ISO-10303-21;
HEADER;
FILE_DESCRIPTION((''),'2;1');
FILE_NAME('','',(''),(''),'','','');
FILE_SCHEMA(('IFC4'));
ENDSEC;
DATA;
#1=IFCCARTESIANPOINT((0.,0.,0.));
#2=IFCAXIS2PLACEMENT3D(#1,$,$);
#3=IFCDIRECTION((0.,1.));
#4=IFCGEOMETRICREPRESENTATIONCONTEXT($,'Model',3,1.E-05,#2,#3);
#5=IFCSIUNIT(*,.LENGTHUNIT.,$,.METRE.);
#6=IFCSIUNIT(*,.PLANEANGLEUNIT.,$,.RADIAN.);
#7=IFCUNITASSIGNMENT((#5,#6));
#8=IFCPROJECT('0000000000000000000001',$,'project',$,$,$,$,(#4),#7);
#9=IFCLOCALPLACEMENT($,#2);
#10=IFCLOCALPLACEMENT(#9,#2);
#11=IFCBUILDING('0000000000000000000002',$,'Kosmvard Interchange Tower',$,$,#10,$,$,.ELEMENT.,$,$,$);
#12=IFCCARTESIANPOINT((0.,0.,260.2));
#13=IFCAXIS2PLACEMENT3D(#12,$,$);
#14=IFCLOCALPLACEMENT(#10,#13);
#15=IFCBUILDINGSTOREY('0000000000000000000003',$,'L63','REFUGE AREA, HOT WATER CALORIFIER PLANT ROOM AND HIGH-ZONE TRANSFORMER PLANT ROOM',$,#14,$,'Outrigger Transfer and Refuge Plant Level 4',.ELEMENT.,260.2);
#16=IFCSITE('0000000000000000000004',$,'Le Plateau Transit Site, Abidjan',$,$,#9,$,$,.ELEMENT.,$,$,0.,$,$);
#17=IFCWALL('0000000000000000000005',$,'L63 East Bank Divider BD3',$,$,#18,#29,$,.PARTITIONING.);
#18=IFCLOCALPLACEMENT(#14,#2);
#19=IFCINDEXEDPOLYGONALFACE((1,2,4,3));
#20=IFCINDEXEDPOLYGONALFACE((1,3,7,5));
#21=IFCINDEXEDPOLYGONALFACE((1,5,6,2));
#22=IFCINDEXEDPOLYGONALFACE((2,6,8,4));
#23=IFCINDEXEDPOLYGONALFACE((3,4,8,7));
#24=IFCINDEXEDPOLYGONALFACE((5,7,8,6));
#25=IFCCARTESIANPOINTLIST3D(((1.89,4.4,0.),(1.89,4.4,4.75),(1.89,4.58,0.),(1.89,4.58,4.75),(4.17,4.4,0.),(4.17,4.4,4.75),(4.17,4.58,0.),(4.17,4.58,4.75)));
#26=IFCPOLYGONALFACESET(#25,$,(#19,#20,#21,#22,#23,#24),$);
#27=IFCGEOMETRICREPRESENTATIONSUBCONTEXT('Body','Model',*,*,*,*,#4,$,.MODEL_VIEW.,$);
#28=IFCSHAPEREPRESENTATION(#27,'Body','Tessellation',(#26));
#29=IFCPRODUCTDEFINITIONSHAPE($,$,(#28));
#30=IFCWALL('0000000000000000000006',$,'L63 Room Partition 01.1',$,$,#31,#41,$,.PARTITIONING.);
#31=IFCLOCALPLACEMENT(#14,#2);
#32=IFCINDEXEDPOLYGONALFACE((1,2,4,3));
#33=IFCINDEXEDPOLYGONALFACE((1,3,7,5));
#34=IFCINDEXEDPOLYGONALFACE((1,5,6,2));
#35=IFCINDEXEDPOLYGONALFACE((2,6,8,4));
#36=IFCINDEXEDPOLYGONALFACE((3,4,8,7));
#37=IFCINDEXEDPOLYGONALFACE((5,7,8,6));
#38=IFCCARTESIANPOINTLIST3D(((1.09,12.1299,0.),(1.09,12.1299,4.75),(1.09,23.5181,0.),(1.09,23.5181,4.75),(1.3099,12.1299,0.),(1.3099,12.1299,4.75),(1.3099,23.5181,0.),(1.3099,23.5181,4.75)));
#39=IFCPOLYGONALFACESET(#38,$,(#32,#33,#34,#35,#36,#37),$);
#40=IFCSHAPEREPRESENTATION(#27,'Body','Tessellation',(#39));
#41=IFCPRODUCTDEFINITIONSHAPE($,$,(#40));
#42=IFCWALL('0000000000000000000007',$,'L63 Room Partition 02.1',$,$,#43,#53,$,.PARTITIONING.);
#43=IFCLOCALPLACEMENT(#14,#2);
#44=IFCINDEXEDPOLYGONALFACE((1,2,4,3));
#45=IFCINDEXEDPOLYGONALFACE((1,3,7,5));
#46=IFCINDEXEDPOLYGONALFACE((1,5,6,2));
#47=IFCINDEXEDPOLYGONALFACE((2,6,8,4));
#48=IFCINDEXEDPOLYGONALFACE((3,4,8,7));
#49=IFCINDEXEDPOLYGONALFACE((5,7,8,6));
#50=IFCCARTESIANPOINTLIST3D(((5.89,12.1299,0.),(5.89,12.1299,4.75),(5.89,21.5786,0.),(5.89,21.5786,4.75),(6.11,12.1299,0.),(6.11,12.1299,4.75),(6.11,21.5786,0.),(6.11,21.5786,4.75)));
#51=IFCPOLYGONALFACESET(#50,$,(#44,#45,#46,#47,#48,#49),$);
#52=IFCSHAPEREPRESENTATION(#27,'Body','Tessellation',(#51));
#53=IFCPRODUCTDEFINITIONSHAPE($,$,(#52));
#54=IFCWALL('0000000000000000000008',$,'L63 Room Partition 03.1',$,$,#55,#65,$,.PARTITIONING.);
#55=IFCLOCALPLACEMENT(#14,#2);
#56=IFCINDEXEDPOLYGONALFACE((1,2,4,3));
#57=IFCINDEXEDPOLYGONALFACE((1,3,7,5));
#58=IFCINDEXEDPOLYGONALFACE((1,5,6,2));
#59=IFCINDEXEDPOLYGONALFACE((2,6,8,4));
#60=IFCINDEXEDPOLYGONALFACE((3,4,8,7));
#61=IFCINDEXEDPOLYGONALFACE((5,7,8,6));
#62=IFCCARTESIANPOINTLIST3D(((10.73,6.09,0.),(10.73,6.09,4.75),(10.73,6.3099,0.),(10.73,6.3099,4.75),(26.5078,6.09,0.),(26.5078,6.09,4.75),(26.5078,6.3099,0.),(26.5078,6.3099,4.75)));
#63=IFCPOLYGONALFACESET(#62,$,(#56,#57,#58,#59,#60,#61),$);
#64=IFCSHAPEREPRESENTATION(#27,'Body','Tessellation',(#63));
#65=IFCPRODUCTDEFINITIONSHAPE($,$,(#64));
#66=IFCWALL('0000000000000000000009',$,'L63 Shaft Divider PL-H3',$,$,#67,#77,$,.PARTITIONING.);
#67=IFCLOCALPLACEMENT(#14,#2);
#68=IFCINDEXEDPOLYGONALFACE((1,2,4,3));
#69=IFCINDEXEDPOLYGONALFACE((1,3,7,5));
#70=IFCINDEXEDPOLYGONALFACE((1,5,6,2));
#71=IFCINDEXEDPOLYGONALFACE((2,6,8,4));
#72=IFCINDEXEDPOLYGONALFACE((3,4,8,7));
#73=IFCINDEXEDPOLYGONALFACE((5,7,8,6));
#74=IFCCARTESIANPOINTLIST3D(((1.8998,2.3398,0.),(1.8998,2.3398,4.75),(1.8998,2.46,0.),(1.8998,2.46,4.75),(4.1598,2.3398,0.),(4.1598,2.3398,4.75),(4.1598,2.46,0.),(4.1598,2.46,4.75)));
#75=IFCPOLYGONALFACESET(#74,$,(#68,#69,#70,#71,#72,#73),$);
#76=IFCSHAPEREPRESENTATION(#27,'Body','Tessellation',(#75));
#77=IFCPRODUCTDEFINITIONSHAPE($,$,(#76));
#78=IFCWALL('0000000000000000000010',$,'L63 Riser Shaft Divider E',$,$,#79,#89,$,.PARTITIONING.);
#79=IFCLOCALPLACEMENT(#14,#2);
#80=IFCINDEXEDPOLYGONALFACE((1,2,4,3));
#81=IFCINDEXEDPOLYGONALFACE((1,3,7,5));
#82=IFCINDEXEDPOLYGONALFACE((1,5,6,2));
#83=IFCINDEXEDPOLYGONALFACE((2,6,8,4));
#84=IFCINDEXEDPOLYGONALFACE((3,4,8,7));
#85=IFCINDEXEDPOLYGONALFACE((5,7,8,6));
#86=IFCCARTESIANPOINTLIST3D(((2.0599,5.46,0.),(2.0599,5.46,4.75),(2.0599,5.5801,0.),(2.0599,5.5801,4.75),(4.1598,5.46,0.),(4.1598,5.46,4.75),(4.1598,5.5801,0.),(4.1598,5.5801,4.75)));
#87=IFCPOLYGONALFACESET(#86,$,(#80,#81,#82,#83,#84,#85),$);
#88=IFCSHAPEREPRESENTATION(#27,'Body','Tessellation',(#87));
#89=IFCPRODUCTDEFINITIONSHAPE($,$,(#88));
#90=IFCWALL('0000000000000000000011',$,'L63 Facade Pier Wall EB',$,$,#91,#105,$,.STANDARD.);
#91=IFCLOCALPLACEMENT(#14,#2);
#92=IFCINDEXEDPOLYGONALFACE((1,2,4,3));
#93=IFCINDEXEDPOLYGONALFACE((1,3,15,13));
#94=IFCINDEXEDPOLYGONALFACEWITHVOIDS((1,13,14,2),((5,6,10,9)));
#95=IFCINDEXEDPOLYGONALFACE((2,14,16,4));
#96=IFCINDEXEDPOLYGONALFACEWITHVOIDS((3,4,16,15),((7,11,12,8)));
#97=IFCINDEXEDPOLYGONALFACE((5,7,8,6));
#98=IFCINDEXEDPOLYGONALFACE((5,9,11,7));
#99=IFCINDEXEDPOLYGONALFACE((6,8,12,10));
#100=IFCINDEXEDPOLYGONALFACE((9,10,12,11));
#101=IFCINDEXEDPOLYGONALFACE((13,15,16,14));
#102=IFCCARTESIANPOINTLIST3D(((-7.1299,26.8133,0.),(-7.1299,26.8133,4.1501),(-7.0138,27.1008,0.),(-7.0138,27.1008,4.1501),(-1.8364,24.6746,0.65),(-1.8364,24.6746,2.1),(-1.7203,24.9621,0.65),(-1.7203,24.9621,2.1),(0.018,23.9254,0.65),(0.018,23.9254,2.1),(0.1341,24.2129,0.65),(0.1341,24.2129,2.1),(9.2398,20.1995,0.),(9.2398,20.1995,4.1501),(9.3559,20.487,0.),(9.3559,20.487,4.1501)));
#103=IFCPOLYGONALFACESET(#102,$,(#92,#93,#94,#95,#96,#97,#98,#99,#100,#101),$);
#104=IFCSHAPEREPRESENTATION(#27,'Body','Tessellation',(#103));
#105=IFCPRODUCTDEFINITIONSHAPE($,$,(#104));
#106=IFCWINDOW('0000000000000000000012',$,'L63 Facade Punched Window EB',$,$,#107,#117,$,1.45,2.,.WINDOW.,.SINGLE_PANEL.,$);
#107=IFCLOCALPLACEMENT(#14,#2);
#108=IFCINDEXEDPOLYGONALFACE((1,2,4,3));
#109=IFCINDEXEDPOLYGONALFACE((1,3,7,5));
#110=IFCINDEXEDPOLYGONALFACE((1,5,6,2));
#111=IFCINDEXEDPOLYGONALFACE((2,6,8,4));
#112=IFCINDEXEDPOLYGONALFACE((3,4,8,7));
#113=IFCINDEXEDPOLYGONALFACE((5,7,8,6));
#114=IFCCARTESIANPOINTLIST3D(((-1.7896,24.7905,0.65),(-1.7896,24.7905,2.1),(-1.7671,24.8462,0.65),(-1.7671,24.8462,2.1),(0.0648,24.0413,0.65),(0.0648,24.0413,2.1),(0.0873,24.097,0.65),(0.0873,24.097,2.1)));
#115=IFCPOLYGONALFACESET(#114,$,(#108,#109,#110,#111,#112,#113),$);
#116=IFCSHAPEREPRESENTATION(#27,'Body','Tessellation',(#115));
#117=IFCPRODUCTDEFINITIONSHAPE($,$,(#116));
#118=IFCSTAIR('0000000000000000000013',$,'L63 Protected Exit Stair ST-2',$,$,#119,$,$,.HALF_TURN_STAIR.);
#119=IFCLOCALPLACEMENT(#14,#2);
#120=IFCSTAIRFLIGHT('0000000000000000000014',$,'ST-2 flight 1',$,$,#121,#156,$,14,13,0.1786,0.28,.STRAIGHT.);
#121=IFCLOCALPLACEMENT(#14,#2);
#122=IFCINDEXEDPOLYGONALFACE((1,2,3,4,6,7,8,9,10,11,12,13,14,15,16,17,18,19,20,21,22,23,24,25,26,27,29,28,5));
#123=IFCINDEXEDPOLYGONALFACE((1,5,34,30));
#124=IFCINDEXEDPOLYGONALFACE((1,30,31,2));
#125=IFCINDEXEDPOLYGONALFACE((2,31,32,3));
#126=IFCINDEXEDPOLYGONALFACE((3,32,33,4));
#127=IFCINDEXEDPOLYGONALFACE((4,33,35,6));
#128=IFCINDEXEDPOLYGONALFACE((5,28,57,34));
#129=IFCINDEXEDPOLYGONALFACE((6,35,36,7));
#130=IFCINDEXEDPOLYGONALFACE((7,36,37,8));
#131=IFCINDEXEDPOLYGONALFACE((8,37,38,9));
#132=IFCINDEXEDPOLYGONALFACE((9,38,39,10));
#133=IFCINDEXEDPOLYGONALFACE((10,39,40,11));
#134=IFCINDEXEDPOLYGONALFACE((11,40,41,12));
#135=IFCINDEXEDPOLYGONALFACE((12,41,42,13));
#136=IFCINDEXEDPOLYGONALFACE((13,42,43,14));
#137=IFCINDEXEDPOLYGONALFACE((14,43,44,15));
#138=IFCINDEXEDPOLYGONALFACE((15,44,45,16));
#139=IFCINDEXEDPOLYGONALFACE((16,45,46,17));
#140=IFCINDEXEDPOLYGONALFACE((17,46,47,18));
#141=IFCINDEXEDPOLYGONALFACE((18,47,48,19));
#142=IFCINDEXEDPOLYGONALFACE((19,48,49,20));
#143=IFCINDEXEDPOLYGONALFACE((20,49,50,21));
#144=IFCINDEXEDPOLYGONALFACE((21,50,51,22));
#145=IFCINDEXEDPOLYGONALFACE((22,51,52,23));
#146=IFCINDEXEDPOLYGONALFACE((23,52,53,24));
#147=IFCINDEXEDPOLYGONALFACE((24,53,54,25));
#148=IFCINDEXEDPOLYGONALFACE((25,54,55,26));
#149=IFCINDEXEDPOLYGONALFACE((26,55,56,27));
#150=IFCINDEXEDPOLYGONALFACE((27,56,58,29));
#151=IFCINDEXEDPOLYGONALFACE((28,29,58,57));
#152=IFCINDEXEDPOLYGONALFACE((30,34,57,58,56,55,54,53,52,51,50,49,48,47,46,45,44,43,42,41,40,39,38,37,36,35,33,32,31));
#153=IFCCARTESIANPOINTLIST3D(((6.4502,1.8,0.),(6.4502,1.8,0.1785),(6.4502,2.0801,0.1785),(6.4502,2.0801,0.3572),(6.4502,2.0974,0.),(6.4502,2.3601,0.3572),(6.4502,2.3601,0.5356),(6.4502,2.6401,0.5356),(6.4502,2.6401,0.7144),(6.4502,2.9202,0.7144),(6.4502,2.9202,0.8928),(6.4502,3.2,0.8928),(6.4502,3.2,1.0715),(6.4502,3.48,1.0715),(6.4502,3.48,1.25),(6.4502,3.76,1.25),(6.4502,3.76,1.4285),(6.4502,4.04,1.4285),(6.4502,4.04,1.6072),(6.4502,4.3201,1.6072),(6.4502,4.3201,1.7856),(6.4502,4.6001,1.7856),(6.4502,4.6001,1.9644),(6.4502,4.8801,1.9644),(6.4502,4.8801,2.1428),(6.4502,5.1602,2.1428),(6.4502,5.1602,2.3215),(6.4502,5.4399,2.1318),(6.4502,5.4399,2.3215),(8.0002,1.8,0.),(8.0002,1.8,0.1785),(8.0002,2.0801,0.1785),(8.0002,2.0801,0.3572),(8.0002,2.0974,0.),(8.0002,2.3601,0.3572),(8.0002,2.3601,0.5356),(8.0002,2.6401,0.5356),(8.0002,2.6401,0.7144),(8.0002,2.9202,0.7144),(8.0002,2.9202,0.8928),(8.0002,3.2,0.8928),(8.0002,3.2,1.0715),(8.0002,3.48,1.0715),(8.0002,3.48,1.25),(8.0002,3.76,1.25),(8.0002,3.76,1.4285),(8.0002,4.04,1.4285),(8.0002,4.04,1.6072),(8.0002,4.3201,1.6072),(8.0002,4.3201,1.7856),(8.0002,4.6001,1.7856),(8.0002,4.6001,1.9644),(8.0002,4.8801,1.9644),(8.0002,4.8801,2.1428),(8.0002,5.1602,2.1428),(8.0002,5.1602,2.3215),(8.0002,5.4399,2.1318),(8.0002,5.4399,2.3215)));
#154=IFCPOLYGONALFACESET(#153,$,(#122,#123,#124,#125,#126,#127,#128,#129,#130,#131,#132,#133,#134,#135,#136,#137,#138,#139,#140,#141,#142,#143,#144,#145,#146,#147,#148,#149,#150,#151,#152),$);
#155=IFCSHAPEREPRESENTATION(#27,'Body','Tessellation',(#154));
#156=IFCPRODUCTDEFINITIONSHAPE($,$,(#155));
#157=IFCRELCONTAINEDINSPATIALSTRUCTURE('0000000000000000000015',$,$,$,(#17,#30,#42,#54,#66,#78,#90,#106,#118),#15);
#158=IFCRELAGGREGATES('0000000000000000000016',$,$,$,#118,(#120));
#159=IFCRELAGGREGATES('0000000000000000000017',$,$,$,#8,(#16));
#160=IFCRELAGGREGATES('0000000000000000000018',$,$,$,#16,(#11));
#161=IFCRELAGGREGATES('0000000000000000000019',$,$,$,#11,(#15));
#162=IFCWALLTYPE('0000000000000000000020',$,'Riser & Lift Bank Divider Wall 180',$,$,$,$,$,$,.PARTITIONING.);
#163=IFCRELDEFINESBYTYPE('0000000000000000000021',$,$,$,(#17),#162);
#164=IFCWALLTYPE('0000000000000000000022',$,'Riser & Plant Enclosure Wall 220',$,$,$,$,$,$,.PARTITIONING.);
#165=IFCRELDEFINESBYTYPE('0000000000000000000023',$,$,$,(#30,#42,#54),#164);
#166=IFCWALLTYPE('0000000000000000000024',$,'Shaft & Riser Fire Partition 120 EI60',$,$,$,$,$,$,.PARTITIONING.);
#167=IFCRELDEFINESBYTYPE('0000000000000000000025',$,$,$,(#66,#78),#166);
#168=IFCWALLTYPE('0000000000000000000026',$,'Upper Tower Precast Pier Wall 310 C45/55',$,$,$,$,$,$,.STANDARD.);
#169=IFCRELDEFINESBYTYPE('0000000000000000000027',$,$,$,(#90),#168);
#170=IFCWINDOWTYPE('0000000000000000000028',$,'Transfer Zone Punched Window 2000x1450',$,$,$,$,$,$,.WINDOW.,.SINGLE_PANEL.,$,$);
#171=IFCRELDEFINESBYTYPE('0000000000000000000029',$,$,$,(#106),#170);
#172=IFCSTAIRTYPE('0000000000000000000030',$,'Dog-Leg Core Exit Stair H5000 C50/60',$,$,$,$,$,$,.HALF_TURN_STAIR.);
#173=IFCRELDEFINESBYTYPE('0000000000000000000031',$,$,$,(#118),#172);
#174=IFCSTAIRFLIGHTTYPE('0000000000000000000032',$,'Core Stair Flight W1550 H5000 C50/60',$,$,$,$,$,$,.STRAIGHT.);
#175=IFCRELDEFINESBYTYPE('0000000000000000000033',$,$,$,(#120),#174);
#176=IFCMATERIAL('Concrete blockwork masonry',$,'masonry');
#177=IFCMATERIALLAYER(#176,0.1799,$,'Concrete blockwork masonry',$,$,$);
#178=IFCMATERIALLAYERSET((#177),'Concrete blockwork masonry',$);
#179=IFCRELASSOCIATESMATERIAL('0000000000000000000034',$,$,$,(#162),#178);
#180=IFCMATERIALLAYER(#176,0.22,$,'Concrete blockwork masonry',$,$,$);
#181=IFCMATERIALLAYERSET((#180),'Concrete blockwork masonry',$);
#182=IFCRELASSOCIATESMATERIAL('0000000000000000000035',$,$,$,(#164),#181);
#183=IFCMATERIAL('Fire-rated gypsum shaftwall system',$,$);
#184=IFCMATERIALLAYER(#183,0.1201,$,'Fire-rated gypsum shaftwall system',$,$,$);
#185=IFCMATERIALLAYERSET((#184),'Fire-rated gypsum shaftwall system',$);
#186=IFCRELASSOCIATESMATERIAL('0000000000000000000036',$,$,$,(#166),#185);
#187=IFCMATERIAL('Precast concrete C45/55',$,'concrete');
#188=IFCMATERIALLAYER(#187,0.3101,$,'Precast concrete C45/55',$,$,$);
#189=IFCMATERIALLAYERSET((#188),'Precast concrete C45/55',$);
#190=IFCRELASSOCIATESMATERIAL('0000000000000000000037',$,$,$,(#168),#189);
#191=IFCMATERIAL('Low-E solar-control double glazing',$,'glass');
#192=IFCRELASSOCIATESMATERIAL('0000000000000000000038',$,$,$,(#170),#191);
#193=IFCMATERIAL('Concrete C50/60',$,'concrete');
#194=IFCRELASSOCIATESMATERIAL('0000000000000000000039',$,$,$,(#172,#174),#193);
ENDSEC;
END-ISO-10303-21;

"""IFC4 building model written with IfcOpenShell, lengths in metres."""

from ifc_helpers import new_model, si_unit, direction, frame, frame_2d, origin, place, context, subcontext, project, spatial, polyline, rectangle, outline, extrude, source, transform, mapped, material, layer, layer_set, type_object, element, fill, aggregate, save


model = new_model("IFC4")

# Units and contexts
model_context = context("Model", 3, precision=1e-05, world=origin(), true_north=direction((0.0, 1.0)))
body_context = subcontext(model_context, "Body", "Model", "MODEL_VIEW")
ifc_project = project(units=[si_unit("LENGTHUNIT", "METRE"), si_unit("PLANEANGLEUNIT", "RADIAN")], contexts=[model_context])

# Site, building, storey
site_placement = place(None, origin())
site = spatial("IfcSite", under=ifc_project, at=site_placement, Name="Le Plateau Transit Site, Abidjan", CompositionType="ELEMENT", RefElevation=0.0)
building_placement = place(site_placement, origin())
building = spatial("IfcBuilding", under=site, at=building_placement, Name="Kosmvard Interchange Tower", CompositionType="ELEMENT")
storey_placement = place(building_placement, frame((0.0, 0.0, 260.2)))
storey = spatial("IfcBuildingStorey", under=building, at=storey_placement, Name="L63", Description="REFUGE AREA, HOT WATER CALORIFIER PLANT ROOM AND HIGH-ZONE TRANSFORMER PLANT ROOM", LongName="Outrigger Transfer and Refuge Plant Level 4", CompositionType="ELEMENT", Elevation=260.2)

# Shared definitions
ifc_material_1 = material(Name="Concrete C50/60", Category="concrete")

# Shared definitions
ifc_material_2 = material(Name="Low-E solar-control double glazing", Category="glass")

# Walls
ifc_material_3 = material(Name="Concrete blockwork masonry", Category="masonry")
ifc_layer_1 = layer(ifc_material_3, 0.1799, Name="Concrete blockwork masonry")
ifc_layer_set_1 = layer_set([ifc_layer_1], Name="Concrete blockwork masonry")
wall_type_1 = type_object("IfcWallType", Name="Riser & Lift Bank Divider Wall 180", PredefinedType="PARTITIONING", material=ifc_layer_set_1)
wall_1_placement = place(storey_placement, frame((1.8899, 4.49, 0.0), z_axis=(0.0, 0.0, 1.0), x_axis=(1.0, 0.0, 0.0)))
element("IfcWall", 1, at=wall_1_placement, inside=storey, type_object=wall_type_1, Name="L63 East Bank Divider BD3", PredefinedType="PARTITIONING", context=body_context, shape_type="SweptSolid", body=[
    extrude(rectangle(XDim=2.28, YDim=0.1799, at=frame_2d((1.1401, 0.0))), origin(), (0.0, 0.0, 1.0), 4.75),
])
ifc_layer_2 = layer(ifc_material_3, 0.22, Name="Concrete blockwork masonry")
ifc_layer_set_2 = layer_set([ifc_layer_2], Name="Concrete blockwork masonry")
wall_type_2 = type_object("IfcWallType", Name="Riser & Plant Enclosure Wall 220", PredefinedType="PARTITIONING", material=ifc_layer_set_2)
wall_2_placement = place(storey_placement, frame((1.2, 12.1299, 0.0), z_axis=(0.0, 0.0, 1.0), x_axis=(0.0, 1.0, 0.0)))
element("IfcWall", 2, at=wall_2_placement, inside=storey, type_object=wall_type_2, Name="L63 Room Partition 01.1", PredefinedType="PARTITIONING", context=body_context, shape_type="SweptSolid", body=[
    extrude(rectangle(XDim=11.3882, YDim=0.22, at=frame_2d((5.6941, 0.0))), origin(), (0.0, 0.0, 1.0), 4.75),
])
wall_3_placement = place(storey_placement, frame((6.0, 12.1299, 0.0), z_axis=(0.0, 0.0, 1.0), x_axis=(0.0, 1.0, 0.0)))
element("IfcWall", 3, at=wall_3_placement, inside=storey, type_object=wall_type_2, Name="L63 Room Partition 02.1", PredefinedType="PARTITIONING", context=body_context, shape_type="SweptSolid", body=[
    extrude(rectangle(XDim=9.4487, YDim=0.22, at=frame_2d((4.7244, 0.0))), origin(), (0.0, 0.0, 1.0), 4.75),
])
wall_4_placement = place(storey_placement, frame((10.73, 6.2, 0.0), z_axis=(0.0, 0.0, 1.0), x_axis=(1.0, 0.0, 0.0)))
element("IfcWall", 4, at=wall_4_placement, inside=storey, type_object=wall_type_2, Name="L63 Room Partition 03.1", PredefinedType="PARTITIONING", context=body_context, shape_type="SweptSolid", body=[
    extrude(rectangle(XDim=15.7778, YDim=0.22, at=frame_2d((7.8889, 0.0))), origin(), (0.0, 0.0, 1.0), 4.75),
])
ifc_material_4 = material(Name="Fire-rated gypsum shaftwall system")
ifc_layer_3 = layer(ifc_material_4, 0.1201, Name="Fire-rated gypsum shaftwall system")
ifc_layer_set_3 = layer_set([ifc_layer_3], Name="Fire-rated gypsum shaftwall system")
wall_type_3 = type_object("IfcWallType", Name="Shaft & Riser Fire Partition 120 EI60", PredefinedType="PARTITIONING", material=ifc_layer_set_3)
wall_5_placement = place(storey_placement, frame((1.8999, 2.3999, 0.0), z_axis=(0.0, 0.0, 1.0), x_axis=(1.0, 0.0, 0.0)))
element("IfcWall", 5, at=wall_5_placement, inside=storey, type_object=wall_type_3, Name="L63 Shaft Divider PL-H3", PredefinedType="PARTITIONING", context=body_context, shape_type="SweptSolid", body=[
    extrude(rectangle(XDim=2.26, YDim=0.1201, at=frame_2d((1.1299, 0.0))), origin(), (0.0, 0.0, 1.0), 4.75),
])
wall_6_placement = place(storey_placement, frame((2.0601, 5.52, 0.0), z_axis=(0.0, 0.0, 1.0), x_axis=(1.0, 0.0, 0.0)))
element("IfcWall", 6, at=wall_6_placement, inside=storey, type_object=wall_type_3, Name="L63 Riser Shaft Divider E", PredefinedType="PARTITIONING", context=body_context, shape_type="SweptSolid", body=[
    extrude(rectangle(XDim=2.0999, YDim=0.1201, at=frame_2d((1.0498, 0.0))), origin(), (0.0, 0.0, 1.0), 4.75),
])

# Wall, opening, window
ifc_material_5 = material(Name="Precast concrete C45/55", Category="concrete")
ifc_layer_4 = layer(ifc_material_5, 0.3101, Name="Precast concrete C45/55")
ifc_layer_set_4 = layer_set([ifc_layer_4], Name="Precast concrete C45/55")
wall_type_4 = type_object("IfcWallType", Name="Upper Tower Precast Pier Wall 310 C45/55", PredefinedType="STANDARD", material=ifc_layer_set_4)
wall_7_placement = place(storey_placement, frame((9.2979, 20.3433, 0.0), z_axis=(0.0, 0.0, 1.0), x_axis=(-0.927184, 0.374607, 0.0)))
wall_7 = element("IfcWall", 7, at=wall_7_placement, inside=storey, type_object=wall_type_4, Name="L63 Facade Pier Wall EB", PredefinedType="STANDARD", context=body_context, shape_type="SweptSolid", body=[
    extrude(rectangle(XDim=17.6553, YDim=0.3101, at=frame_2d((8.8276, 0.0))), origin(), (0.0, 0.0, 1.0), 4.1501),
])
opening_placement = place(wall_7_placement, frame((9.946, 0.0, 0.6499)))
opening = element("IfcOpeningElement", 8, at=opening_placement, cuts=wall_7, PredefinedType="OPENING", context=body_context, shape_type="SweptSolid", body=[
    extrude(rectangle(XDim=2.0, YDim=1.45, at=frame_2d((1.0, 0.7251))), frame((0.0, 0.165, 0.0), z_axis=(0.0, -1.0, 0.0), x_axis=(1.0, 0.0, 0.0)), (0.0, 0.0, 1.0), 0.3301),
])
window_type = type_object("IfcWindowType", Name="Transfer Zone Punched Window 2000x1450", PartitioningType="SINGLE_PANEL", PredefinedType="WINDOW", material=ifc_material_2)
shared_shape_1 = source(origin(), body_context, "Body", "SweptSolid", [
    extrude(rectangle(XDim=2.0, YDim=1.45, at=frame_2d((1.0, 0.7251))), frame((0.0, 0.03, 0.0), z_axis=(0.0, -1.0, 0.0), x_axis=(1.0, 0.0, 0.0)), (0.0, 0.0, 1.0), 0.0601),
])
window_placement = place(opening_placement, origin())
window = element("IfcWindow", 9, at=window_placement, inside=storey, type_object=window_type, Name="L63 Facade Punched Window EB", OverallHeight=1.45, OverallWidth=2.0, PartitioningType="SINGLE_PANEL", PredefinedType="WINDOW", context=body_context, shape_type="MappedRepresentation", body=[
    mapped(shared_shape_1, transform((0.0, 0.0, 0.0), scale=1.0)),
])
fill(opening, window)

# Stair, stair flight
stair_type = type_object("IfcStairType", Name="Dog-Leg Core Exit Stair H5000 C50/60", PredefinedType="HALF_TURN_STAIR", material=ifc_material_1)
stair_placement = place(storey_placement, origin())
stair = element("IfcStair", 10, at=stair_placement, inside=storey, type_object=stair_type, Name="L63 Protected Exit Stair ST-2", PredefinedType="HALF_TURN_STAIR")
stair_flight_type = type_object("IfcStairFlightType", Name="Core Stair Flight W1550 H5000 C50/60", PredefinedType="STRAIGHT", material=ifc_material_1)
shared_shape_2 = source(origin(), body_context, "Body", "SweptSolid", [
    extrude(outline(polyline([(0.0, 0.0), (0.0, 0.1785), (0.28, 0.1785), (0.28, 0.3572), (0.5601, 0.3572), (0.5601, 0.5356), (0.8401, 0.5356), (0.8401, 0.7144), (1.1201, 0.7144), (1.1201, 0.8928), (1.3999, 0.8928), (1.3999, 1.0715), (1.6799, 1.0715), (1.6799, 1.25), (1.96, 1.25), (1.96, 1.4285), (2.24, 1.4285), (2.24, 1.6072), (2.52, 1.6072), (2.52, 1.7856), (2.8, 1.7856), (2.8, 1.9644), (3.0801, 1.9644), (3.0801, 2.1428), (3.3601, 2.1428), (3.3601, 2.3215), (3.6399, 2.3215), (3.6399, 2.5), (3.6399, 2.1318), (0.2974, 0.0), (0.0, 0.0)])), frame((0.0, 0.7749, 0.0), z_axis=(0.0, -1.0, 0.0), x_axis=(1.0, 0.0, 0.0)), (0.0, 0.0, 1.0), 1.55),
])
stair_flight_1_placement = place(storey_placement, frame((7.2251, 1.8, 0.0), z_axis=(0.0, 0.0, 1.0), x_axis=(0.0, 1.0, 0.0)))
stair_flight_1 = element("IfcStairFlight", 11, at=stair_flight_1_placement, type_object=stair_flight_type, Name="ST-2 flight 1", NumberOfRisers=14, NumberOfTreads=13, PredefinedType="STRAIGHT", RiserHeight=0.1786, TreadLength=0.28, context=body_context, shape_type="MappedRepresentation", body=[
    mapped(shared_shape_2, transform((0.0, 0.0, 0.0), scale=1.0)),
])
aggregate(stair, [stair_flight_1])

save(model, "model.ifc")
